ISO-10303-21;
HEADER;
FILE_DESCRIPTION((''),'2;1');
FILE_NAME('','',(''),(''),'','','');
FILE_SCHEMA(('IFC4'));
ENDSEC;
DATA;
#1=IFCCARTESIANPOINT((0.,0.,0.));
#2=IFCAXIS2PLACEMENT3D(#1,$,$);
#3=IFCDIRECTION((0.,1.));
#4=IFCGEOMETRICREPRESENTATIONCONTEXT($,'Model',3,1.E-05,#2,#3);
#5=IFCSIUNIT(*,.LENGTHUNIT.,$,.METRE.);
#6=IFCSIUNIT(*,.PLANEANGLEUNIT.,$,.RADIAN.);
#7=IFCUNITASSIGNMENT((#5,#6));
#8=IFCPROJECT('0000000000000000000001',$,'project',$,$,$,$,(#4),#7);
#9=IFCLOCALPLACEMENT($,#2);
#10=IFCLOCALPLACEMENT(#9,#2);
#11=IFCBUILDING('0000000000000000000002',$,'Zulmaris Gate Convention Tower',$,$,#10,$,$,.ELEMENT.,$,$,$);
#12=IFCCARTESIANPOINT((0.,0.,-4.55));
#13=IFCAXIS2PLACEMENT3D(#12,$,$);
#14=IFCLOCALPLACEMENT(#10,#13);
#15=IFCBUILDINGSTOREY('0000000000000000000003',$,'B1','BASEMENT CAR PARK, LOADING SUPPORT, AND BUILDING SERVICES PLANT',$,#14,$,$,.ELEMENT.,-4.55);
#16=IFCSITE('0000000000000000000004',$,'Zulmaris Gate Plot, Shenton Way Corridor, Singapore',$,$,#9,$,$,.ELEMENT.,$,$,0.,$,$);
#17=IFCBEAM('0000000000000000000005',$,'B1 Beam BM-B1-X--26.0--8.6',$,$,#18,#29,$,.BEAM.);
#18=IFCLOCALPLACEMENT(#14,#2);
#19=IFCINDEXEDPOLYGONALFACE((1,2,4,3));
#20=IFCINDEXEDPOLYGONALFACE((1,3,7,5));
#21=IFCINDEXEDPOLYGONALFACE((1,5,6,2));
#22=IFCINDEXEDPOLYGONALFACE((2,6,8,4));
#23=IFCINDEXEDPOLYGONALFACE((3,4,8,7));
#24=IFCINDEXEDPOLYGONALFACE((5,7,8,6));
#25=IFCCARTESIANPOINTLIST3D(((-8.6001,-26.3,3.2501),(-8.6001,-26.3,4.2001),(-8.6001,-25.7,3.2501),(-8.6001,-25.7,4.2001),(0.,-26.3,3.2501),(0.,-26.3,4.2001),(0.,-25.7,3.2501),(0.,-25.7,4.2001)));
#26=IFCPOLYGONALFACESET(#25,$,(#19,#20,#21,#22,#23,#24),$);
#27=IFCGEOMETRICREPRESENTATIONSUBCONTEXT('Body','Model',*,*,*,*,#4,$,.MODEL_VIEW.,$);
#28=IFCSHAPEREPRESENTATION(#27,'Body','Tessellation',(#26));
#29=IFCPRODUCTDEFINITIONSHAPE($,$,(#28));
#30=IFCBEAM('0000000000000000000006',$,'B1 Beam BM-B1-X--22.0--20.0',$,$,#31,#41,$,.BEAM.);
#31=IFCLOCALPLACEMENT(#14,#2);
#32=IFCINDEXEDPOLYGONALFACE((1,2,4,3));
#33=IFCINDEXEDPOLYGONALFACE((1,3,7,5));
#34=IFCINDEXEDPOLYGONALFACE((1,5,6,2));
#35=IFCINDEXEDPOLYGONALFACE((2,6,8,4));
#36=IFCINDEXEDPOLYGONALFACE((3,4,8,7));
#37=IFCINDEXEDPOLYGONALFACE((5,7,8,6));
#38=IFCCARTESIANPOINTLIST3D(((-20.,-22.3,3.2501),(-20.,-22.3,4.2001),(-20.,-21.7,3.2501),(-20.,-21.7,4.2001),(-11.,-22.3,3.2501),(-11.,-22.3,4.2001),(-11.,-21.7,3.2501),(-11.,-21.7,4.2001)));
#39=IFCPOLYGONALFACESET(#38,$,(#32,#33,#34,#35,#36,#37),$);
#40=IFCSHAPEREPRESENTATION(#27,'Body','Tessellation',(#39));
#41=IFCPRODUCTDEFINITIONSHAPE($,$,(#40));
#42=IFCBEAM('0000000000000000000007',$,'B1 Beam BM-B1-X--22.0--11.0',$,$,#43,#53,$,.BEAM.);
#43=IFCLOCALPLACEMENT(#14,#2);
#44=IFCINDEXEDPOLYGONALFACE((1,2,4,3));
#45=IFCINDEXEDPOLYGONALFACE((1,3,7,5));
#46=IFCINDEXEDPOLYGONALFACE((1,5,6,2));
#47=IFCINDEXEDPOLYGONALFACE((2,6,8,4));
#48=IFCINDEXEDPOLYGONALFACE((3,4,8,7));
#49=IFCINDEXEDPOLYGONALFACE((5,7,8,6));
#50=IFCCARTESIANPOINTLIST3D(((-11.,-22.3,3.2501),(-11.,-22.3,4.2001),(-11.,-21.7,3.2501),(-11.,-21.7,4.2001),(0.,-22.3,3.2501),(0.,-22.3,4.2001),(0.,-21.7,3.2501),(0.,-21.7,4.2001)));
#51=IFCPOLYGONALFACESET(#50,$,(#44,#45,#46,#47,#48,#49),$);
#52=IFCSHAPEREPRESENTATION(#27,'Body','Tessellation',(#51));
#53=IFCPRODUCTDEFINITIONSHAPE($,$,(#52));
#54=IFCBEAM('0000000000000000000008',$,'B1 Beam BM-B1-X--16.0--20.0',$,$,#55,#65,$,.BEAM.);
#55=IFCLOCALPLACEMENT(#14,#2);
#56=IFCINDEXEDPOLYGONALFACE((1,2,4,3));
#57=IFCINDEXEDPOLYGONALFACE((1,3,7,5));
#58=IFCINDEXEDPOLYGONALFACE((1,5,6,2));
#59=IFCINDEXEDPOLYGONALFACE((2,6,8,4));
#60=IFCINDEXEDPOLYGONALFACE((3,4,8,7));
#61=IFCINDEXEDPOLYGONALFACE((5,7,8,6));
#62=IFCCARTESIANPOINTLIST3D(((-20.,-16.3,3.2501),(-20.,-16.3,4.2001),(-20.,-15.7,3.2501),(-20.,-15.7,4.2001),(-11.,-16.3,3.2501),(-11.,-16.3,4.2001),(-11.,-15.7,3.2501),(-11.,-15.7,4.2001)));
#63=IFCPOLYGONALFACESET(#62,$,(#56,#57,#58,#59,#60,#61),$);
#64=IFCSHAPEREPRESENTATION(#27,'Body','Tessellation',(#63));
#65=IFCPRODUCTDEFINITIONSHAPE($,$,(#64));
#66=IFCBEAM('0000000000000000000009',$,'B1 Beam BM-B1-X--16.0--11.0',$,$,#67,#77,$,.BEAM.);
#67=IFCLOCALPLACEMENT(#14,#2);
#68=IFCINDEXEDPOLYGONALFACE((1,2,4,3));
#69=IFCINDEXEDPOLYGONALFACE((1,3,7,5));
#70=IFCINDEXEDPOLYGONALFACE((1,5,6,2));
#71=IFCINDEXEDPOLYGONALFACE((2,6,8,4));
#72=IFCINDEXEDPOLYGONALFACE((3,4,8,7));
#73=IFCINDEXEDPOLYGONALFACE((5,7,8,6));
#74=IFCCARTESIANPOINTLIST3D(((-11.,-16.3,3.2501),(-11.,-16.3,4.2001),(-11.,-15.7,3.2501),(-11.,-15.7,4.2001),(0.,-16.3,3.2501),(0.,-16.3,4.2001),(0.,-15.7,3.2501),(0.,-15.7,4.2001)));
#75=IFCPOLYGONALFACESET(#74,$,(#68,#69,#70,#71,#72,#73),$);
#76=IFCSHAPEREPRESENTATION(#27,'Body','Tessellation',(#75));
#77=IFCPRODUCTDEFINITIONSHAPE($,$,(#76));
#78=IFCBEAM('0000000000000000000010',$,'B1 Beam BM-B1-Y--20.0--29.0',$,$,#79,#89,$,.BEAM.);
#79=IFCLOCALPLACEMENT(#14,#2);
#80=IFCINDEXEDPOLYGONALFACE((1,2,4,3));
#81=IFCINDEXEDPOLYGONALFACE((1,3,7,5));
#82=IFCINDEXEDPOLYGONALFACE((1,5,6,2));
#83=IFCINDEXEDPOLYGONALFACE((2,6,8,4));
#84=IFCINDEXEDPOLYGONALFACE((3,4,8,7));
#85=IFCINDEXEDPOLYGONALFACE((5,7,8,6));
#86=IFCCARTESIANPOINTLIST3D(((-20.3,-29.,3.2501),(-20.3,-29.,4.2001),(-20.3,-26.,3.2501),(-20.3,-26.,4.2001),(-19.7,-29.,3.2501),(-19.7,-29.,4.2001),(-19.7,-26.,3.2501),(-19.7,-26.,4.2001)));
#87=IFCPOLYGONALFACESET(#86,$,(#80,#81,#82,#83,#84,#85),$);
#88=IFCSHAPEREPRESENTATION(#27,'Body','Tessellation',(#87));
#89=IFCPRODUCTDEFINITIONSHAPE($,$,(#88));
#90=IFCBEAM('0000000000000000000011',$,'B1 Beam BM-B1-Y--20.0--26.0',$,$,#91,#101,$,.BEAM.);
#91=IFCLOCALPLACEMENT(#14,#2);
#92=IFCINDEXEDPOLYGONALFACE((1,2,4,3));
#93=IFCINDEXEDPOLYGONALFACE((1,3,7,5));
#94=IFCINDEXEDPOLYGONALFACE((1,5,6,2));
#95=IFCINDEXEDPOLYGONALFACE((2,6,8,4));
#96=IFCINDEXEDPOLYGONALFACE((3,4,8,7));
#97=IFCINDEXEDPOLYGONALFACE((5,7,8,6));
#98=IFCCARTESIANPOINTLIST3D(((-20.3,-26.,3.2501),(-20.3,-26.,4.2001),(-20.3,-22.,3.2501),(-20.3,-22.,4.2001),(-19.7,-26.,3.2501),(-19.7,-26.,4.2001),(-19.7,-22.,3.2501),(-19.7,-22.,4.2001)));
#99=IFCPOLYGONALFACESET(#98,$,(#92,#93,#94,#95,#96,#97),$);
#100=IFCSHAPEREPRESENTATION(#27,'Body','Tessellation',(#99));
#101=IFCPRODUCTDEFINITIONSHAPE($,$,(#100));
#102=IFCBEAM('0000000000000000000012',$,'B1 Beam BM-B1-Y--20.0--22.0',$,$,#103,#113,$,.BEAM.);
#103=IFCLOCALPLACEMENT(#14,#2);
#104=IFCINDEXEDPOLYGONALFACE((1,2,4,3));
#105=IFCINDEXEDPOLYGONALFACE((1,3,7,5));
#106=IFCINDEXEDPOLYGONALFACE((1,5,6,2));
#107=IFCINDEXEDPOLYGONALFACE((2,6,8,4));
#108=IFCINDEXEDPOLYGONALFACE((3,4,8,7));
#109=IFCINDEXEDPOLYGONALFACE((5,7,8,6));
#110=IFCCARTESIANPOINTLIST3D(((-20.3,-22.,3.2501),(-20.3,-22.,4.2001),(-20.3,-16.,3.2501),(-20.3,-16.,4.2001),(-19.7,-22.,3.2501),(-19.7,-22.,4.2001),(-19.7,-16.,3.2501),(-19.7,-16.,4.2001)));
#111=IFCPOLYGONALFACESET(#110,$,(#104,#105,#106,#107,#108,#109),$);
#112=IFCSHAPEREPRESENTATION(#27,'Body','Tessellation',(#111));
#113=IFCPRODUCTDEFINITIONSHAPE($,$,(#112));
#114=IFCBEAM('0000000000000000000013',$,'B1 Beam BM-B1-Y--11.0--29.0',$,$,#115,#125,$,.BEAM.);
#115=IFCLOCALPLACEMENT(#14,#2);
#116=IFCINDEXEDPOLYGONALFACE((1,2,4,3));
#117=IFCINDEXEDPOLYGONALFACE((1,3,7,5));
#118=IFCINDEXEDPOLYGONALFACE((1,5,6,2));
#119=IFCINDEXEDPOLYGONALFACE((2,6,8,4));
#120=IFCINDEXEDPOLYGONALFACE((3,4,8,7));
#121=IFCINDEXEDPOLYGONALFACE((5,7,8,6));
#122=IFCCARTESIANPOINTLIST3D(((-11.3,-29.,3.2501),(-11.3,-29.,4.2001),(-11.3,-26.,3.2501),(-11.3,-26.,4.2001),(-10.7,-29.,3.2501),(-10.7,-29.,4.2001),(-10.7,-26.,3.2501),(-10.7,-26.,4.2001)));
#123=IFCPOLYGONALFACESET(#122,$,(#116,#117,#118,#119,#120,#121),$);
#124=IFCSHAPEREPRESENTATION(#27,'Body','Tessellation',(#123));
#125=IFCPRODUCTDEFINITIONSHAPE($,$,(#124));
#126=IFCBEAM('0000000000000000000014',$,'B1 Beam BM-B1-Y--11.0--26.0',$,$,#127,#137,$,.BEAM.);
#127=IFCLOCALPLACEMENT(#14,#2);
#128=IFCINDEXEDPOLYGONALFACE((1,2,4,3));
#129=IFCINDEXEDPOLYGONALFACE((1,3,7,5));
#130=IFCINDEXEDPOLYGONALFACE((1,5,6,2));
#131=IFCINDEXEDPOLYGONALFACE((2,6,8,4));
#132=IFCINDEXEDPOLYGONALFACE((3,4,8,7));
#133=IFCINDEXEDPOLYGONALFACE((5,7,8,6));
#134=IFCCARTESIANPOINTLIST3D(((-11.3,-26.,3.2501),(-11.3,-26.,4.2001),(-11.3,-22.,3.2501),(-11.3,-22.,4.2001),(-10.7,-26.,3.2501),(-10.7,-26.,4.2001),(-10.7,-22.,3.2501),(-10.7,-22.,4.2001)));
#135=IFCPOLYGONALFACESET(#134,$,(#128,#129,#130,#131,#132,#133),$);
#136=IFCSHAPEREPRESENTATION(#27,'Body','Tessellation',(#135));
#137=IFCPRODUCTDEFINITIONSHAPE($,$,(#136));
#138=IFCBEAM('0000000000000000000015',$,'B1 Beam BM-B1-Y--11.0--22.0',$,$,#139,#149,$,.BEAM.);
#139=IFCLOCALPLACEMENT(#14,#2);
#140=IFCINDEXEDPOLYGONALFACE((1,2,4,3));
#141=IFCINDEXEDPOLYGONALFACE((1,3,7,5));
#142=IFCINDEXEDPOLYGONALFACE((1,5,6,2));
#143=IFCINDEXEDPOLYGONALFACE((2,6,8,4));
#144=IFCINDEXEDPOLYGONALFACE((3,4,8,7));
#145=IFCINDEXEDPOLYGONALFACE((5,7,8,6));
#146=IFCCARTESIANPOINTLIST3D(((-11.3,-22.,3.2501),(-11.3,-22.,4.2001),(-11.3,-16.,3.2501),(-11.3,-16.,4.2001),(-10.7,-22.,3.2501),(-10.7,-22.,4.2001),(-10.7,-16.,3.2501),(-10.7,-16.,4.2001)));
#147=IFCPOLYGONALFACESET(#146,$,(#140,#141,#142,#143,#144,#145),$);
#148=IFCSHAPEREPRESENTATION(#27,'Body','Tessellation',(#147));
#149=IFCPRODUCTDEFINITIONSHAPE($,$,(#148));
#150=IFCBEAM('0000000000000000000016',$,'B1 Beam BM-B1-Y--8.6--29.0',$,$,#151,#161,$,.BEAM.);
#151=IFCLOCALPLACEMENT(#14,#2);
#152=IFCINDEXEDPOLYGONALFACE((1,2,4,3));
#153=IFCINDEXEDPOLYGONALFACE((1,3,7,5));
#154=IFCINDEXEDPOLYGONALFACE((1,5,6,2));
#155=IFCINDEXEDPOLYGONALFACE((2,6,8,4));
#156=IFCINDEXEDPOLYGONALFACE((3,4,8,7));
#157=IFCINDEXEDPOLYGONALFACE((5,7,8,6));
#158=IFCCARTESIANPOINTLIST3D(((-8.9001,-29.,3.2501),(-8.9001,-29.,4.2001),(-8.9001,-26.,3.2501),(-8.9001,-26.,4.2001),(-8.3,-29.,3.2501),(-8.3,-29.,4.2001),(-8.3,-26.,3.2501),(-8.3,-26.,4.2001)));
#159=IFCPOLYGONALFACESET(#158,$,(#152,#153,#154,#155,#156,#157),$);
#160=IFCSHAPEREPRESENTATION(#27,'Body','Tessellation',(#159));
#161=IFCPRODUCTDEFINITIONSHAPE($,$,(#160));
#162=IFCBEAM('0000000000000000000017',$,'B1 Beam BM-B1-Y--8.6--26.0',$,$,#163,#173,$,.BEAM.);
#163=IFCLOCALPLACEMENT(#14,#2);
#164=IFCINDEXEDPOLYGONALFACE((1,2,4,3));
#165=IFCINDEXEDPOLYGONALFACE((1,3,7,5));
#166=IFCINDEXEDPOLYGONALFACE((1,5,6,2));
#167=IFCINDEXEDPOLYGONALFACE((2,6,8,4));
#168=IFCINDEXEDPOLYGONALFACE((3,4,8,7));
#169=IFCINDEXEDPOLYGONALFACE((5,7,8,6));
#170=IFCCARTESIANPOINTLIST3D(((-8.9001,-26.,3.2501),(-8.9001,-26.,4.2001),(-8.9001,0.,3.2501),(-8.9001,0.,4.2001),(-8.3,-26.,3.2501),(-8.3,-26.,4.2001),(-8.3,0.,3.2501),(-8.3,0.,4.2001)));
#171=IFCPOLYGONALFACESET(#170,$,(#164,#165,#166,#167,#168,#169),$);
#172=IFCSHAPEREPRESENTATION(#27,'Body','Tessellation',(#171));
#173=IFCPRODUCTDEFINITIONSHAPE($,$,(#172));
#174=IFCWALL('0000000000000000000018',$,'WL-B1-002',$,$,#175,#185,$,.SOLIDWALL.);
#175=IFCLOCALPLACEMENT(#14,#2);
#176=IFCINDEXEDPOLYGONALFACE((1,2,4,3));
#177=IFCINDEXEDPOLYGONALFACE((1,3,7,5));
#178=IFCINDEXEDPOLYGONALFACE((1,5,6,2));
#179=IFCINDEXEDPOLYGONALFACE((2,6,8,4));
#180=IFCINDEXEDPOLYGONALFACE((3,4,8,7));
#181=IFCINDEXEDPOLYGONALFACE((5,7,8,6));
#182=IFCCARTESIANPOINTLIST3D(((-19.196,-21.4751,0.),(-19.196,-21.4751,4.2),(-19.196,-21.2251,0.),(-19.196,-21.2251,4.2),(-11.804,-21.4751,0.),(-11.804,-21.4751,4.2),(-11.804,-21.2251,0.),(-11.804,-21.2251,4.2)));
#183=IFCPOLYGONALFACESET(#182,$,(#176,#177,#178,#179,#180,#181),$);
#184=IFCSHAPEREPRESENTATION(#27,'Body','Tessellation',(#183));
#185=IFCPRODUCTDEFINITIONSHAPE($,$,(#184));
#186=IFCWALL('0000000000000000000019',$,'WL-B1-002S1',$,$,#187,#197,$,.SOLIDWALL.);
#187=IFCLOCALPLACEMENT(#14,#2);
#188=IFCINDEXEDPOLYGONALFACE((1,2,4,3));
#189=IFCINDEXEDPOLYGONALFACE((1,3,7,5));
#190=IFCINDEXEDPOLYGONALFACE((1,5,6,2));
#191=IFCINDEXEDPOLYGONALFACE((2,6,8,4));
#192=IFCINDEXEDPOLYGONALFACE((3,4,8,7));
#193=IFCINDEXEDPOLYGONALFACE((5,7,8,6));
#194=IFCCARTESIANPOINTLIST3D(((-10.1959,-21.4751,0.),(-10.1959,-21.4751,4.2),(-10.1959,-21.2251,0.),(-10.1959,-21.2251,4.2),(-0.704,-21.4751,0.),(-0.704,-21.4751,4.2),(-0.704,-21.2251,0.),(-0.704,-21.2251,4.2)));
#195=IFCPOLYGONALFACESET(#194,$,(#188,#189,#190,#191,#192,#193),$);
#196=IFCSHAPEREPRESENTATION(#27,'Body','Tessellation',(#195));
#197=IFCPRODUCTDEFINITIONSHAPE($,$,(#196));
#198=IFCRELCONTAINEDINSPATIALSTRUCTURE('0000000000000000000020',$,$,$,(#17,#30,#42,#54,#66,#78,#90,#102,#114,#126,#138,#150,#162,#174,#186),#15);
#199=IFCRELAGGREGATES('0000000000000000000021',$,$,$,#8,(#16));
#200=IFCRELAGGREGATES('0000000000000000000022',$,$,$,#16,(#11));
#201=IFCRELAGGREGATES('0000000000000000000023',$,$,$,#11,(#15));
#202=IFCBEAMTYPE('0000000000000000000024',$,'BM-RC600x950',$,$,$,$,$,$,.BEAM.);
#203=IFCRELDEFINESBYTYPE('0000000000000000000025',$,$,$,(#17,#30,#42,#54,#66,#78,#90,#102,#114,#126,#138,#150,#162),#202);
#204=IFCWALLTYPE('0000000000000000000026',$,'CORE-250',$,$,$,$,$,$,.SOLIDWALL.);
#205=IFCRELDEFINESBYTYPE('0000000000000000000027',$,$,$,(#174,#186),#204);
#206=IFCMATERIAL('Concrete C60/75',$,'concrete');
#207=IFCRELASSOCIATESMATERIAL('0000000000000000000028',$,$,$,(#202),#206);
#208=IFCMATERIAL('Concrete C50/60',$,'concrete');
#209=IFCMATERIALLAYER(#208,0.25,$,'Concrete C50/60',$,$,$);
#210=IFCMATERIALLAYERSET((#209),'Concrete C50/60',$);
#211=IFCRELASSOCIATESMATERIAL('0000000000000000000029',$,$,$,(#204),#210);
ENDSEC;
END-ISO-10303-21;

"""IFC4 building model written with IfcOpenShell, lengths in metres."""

from ifc_helpers import new_model, si_unit, direction, frame, frame_2d, origin, origin_2d, place, context, subcontext, project, spatial, rectangle, extrude, material, layer, layer_set, material_profile, profile_set, type_object, element, save


model = new_model("IFC4")

# Units and contexts
model_context = context("Model", 3, precision=1e-05, world=origin(), true_north=direction((0.0, 1.0)))
body_context = subcontext(model_context, "Body", "Model", "MODEL_VIEW")
ifc_project = project(units=[si_unit("LENGTHUNIT", "METRE"), si_unit("PLANEANGLEUNIT", "RADIAN")], contexts=[model_context])

# Site, building, storey
site_placement = place(None, origin())
site = spatial("IfcSite", under=ifc_project, at=site_placement, Name="Zulmaris Gate Plot, Shenton Way Corridor, Singapore", CompositionType="ELEMENT", RefElevation=0.0)
building_placement = place(site_placement, origin())
building = spatial("IfcBuilding", under=site, at=building_placement, Name="Zulmaris Gate Convention Tower", CompositionType="ELEMENT")
storey_placement = place(building_placement, frame((0.0, 0.0, -4.55)))
storey = spatial("IfcBuildingStorey", under=building, at=storey_placement, Name="B1", Description="BASEMENT CAR PARK, LOADING SUPPORT, AND BUILDING SERVICES PLANT", CompositionType="ELEMENT", Elevation=-4.55)

# Beams
ifc_material_1 = material(Name="Concrete C60/75", Category="concrete")
ifc_material_profile_1 = material_profile(ifc_material_1, rectangle(XDim=0.6001, YDim=0.95, at=origin_2d()), Name="RC BEAM 600x950")
ifc_profile_set_1 = profile_set([ifc_material_profile_1], Name="Concrete C60/75")
beam_type = type_object("IfcBeamType", Name="BM-RC600x950", PredefinedType="BEAM", material=ifc_profile_set_1)
beam_1_placement = place(storey_placement, frame((-8.6001, -26.0, 3.7251), z_axis=(1.0, 0.0, 0.0), x_axis=(0.0, 1.0, 0.0)))
element("IfcBeam", 1, at=beam_1_placement, inside=storey, type_object=beam_type, Name="B1 Beam BM-B1-X--26.0--8.6", PredefinedType="BEAM", context=body_context, shape_type="SweptSolid", body=[
    extrude(rectangle(XDim=0.6001, YDim=0.95, at=origin_2d()), origin(), (0.0, 0.0, 1.0), 8.6001),
])
beam_2_placement = place(storey_placement, frame((-20.0, -22.0, 3.7251), z_axis=(1.0, 0.0, 0.0), x_axis=(0.0, 1.0, 0.0)))
element("IfcBeam", 2, at=beam_2_placement, inside=storey, type_object=beam_type, Name="B1 Beam BM-B1-X--22.0--20.0", PredefinedType="BEAM", context=body_context, shape_type="SweptSolid", body=[
    extrude(rectangle(XDim=0.6001, YDim=0.95, at=origin_2d()), origin(), (0.0, 0.0, 1.0), 9.0),
])
beam_3_placement = place(storey_placement, frame((-11.0, -22.0, 3.7251), z_axis=(1.0, 0.0, 0.0), x_axis=(0.0, 1.0, 0.0)))
element("IfcBeam", 3, at=beam_3_placement, inside=storey, type_object=beam_type, Name="B1 Beam BM-B1-X--22.0--11.0", PredefinedType="BEAM", context=body_context, shape_type="SweptSolid", body=[
    extrude(rectangle(XDim=0.6001, YDim=0.95, at=origin_2d()), origin(), (0.0, 0.0, 1.0), 11.0),
])
beam_4_placement = place(storey_placement, frame((-20.0, -16.0, 3.7251), z_axis=(1.0, 0.0, 0.0), x_axis=(0.0, 1.0, 0.0)))
element("IfcBeam", 4, at=beam_4_placement, inside=storey, type_object=beam_type, Name="B1 Beam BM-B1-X--16.0--20.0", PredefinedType="BEAM", context=body_context, shape_type="SweptSolid", body=[
    extrude(rectangle(XDim=0.6001, YDim=0.95, at=origin_2d()), origin(), (0.0, 0.0, 1.0), 9.0),
])
beam_5_placement = place(storey_placement, frame((-11.0, -16.0, 3.7251), z_axis=(1.0, 0.0, 0.0), x_axis=(0.0, 1.0, 0.0)))
element("IfcBeam", 5, at=beam_5_placement, inside=storey, type_object=beam_type, Name="B1 Beam BM-B1-X--16.0--11.0", PredefinedType="BEAM", context=body_context, shape_type="SweptSolid", body=[
    extrude(rectangle(XDim=0.6001, YDim=0.95, at=origin_2d()), origin(), (0.0, 0.0, 1.0), 11.0),
])
beam_6_placement = place(storey_placement, frame((-20.0, -29.0, 3.7251), z_axis=(0.0, 1.0, 0.0), x_axis=(-1.0, 0.0, 0.0)))
element("IfcBeam", 6, at=beam_6_placement, inside=storey, type_object=beam_type, Name="B1 Beam BM-B1-Y--20.0--29.0", PredefinedType="BEAM", context=body_context, shape_type="SweptSolid", body=[
    extrude(rectangle(XDim=0.6001, YDim=0.95, at=origin_2d()), origin(), (0.0, 0.0, 1.0), 3.0),
])
beam_7_placement = place(storey_placement, frame((-20.0, -26.0, 3.7251), z_axis=(0.0, 1.0, 0.0), x_axis=(-1.0, 0.0, 0.0)))
element("IfcBeam", 7, at=beam_7_placement, inside=storey, type_object=beam_type, Name="B1 Beam BM-B1-Y--20.0--26.0", PredefinedType="BEAM", context=body_context, shape_type="SweptSolid", body=[
    extrude(rectangle(XDim=0.6001, YDim=0.95, at=origin_2d()), origin(), (0.0, 0.0, 1.0), 4.0),
])
beam_8_placement = place(storey_placement, frame((-20.0, -22.0, 3.7251), z_axis=(0.0, 1.0, 0.0), x_axis=(-1.0, 0.0, 0.0)))
element("IfcBeam", 8, at=beam_8_placement, inside=storey, type_object=beam_type, Name="B1 Beam BM-B1-Y--20.0--22.0", PredefinedType="BEAM", context=body_context, shape_type="SweptSolid", body=[
    extrude(rectangle(XDim=0.6001, YDim=0.95, at=origin_2d()), origin(), (0.0, 0.0, 1.0), 6.0),
])
beam_9_placement = place(storey_placement, frame((-11.0, -29.0, 3.7251), z_axis=(0.0, 1.0, 0.0), x_axis=(-1.0, 0.0, 0.0)))
element("IfcBeam", 9, at=beam_9_placement, inside=storey, type_object=beam_type, Name="B1 Beam BM-B1-Y--11.0--29.0", PredefinedType="BEAM", context=body_context, shape_type="SweptSolid", body=[
    extrude(rectangle(XDim=0.6001, YDim=0.95, at=origin_2d()), origin(), (0.0, 0.0, 1.0), 3.0),
])
beam_10_placement = place(storey_placement, frame((-11.0, -26.0, 3.7251), z_axis=(0.0, 1.0, 0.0), x_axis=(-1.0, 0.0, 0.0)))
element("IfcBeam", 10, at=beam_10_placement, inside=storey, type_object=beam_type, Name="B1 Beam BM-B1-Y--11.0--26.0", PredefinedType="BEAM", context=body_context, shape_type="SweptSolid", body=[
    extrude(rectangle(XDim=0.6001, YDim=0.95, at=origin_2d()), origin(), (0.0, 0.0, 1.0), 4.0),
])
beam_11_placement = place(storey_placement, frame((-11.0, -22.0, 3.7251), z_axis=(0.0, 1.0, 0.0), x_axis=(-1.0, 0.0, 0.0)))
element("IfcBeam", 11, at=beam_11_placement, inside=storey, type_object=beam_type, Name="B1 Beam BM-B1-Y--11.0--22.0", PredefinedType="BEAM", context=body_context, shape_type="SweptSolid", body=[
    extrude(rectangle(XDim=0.6001, YDim=0.95, at=origin_2d()), origin(), (0.0, 0.0, 1.0), 6.0),
])
beam_12_placement = place(storey_placement, frame((-8.6001, -29.0, 3.7251), z_axis=(0.0, 1.0, 0.0), x_axis=(-1.0, 0.0, 0.0)))
element("IfcBeam", 12, at=beam_12_placement, inside=storey, type_object=beam_type, Name="B1 Beam BM-B1-Y--8.6--29.0", PredefinedType="BEAM", context=body_context, shape_type="SweptSolid", body=[
    extrude(rectangle(XDim=0.6001, YDim=0.95, at=origin_2d()), origin(), (0.0, 0.0, 1.0), 3.0),
])
beam_13_placement = place(storey_placement, frame((-8.6001, -26.0, 3.7251), z_axis=(0.0, 1.0, 0.0), x_axis=(-1.0, 0.0, 0.0)))
element("IfcBeam", 13, at=beam_13_placement, inside=storey, type_object=beam_type, Name="B1 Beam BM-B1-Y--8.6--26.0", PredefinedType="BEAM", context=body_context, shape_type="SweptSolid", body=[
    extrude(rectangle(XDim=0.6001, YDim=0.95, at=origin_2d()), origin(), (0.0, 0.0, 1.0), 26.0),
])

# Walls
ifc_material_2 = material(Name="Concrete C50/60", Category="concrete")
ifc_layer_1 = layer(ifc_material_2, 0.25, Name="Concrete C50/60")
ifc_layer_set_1 = layer_set([ifc_layer_1], Name="Concrete C50/60")
wall_type_1 = type_object("IfcWallType", Name="CORE-250", PredefinedType="SOLIDWALL", material=ifc_layer_set_1)
wall_1_placement = place(storey_placement, frame((-19.196, -21.3501, 0.0), z_axis=(0.0, 0.0, 1.0), x_axis=(1.0, 0.0, 0.0)))
element("IfcWall", 14, at=wall_1_placement, inside=storey, type_object=wall_type_1, Name="WL-B1-002", PredefinedType="SOLIDWALL", context=body_context, shape_type="SweptSolid", body=[
    extrude(rectangle(XDim=7.3921, YDim=0.25, at=frame_2d((3.696, 0.0))), origin(), (0.0, 0.0, 1.0), 4.2),
])
wall_2_placement = place(storey_placement, frame((-10.196, -21.3501, 0.0), z_axis=(0.0, 0.0, 1.0), x_axis=(1.0, 0.0, 0.0)))
element("IfcWall", 15, at=wall_2_placement, inside=storey, type_object=wall_type_1, Name="WL-B1-002S1", PredefinedType="SOLIDWALL", context=body_context, shape_type="SweptSolid", body=[
    extrude(rectangle(XDim=9.4919, YDim=0.25, at=frame_2d((4.7461, 0.0))), origin(), (0.0, 0.0, 1.0), 4.2),
])

save(model, "model.ifc")
